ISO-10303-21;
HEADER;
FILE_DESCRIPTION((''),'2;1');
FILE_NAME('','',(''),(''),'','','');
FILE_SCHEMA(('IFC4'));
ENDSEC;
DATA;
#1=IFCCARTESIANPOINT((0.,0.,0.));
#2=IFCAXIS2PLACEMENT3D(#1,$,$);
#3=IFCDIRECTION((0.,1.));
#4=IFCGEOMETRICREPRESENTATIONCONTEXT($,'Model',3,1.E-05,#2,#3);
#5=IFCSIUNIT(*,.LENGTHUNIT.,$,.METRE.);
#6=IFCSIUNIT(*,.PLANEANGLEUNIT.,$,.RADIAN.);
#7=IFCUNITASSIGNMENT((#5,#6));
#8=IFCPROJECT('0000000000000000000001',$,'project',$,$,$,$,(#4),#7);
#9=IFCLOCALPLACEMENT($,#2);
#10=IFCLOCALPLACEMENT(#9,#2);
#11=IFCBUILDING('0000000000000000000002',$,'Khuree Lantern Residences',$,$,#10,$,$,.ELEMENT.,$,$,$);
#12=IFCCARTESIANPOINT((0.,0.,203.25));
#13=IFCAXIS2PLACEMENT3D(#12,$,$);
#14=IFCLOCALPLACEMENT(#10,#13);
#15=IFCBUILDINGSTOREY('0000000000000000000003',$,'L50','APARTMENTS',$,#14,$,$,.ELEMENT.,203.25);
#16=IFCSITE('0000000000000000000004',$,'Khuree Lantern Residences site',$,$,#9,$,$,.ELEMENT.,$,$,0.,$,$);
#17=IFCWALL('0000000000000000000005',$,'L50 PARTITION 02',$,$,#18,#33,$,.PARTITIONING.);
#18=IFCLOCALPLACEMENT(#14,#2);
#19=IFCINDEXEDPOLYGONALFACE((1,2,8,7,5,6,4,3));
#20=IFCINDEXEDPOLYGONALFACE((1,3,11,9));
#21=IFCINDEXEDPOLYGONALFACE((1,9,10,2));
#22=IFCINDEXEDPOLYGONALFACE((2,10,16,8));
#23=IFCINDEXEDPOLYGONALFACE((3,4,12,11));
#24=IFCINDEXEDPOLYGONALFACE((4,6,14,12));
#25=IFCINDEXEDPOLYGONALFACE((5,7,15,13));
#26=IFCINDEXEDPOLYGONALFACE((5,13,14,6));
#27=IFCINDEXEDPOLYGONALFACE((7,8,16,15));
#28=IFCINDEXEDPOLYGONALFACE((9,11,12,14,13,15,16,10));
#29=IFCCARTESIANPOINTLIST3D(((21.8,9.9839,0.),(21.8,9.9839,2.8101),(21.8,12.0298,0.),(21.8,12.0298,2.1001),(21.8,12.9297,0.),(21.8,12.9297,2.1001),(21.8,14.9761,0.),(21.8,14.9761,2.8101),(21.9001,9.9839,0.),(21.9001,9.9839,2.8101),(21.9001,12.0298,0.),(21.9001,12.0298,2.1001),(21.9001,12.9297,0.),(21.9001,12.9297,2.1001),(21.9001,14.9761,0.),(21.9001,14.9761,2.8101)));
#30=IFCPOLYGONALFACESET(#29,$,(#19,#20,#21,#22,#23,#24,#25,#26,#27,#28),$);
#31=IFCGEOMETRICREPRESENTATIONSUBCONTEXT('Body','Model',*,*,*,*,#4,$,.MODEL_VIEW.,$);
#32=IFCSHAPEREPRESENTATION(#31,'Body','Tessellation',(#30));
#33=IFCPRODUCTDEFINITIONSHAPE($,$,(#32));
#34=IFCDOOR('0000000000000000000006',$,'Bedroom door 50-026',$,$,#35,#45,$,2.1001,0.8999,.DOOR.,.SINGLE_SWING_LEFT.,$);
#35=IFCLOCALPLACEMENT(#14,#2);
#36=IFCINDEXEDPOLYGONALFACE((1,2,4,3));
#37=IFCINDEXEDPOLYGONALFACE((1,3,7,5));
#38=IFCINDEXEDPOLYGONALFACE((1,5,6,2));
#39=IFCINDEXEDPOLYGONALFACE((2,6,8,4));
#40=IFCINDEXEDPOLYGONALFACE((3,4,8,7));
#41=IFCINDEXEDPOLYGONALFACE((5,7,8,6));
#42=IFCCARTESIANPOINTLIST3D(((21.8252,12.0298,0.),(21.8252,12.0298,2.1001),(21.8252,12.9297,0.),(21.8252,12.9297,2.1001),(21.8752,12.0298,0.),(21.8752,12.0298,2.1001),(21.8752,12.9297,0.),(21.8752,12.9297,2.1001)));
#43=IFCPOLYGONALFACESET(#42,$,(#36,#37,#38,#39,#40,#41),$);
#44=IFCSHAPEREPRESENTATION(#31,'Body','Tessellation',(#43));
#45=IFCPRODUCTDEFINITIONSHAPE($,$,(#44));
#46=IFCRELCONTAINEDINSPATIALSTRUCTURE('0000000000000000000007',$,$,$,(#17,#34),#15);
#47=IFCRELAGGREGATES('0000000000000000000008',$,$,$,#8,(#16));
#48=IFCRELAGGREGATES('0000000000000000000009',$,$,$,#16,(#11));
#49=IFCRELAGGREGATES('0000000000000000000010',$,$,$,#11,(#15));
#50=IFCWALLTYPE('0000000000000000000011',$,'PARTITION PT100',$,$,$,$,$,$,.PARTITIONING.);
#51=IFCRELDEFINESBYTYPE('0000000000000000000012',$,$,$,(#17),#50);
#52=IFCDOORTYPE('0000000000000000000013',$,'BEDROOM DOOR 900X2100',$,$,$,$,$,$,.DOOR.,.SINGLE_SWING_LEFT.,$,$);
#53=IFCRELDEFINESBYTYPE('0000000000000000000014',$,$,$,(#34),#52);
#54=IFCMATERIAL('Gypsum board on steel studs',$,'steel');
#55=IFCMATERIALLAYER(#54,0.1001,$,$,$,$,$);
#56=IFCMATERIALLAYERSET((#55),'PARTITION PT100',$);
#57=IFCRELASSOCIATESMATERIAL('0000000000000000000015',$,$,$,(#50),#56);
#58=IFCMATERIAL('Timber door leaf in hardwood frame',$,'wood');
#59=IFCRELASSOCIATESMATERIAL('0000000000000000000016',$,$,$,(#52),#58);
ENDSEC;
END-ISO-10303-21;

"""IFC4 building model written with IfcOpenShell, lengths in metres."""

from ifc_helpers import new_model, si_unit, direction, frame, frame_2d, origin, place, context, subcontext, project, spatial, rectangle, extrude, material, layer, layer_set, type_object, element, fill, save


model = new_model("IFC4")

# Units and contexts
model_context = context("Model", 3, precision=1e-05, world=origin(), true_north=direction((0.0, 1.0)))
body_context = subcontext(model_context, "Body", "Model", "MODEL_VIEW")
ifc_project = project(units=[si_unit("LENGTHUNIT", "METRE"), si_unit("PLANEANGLEUNIT", "RADIAN")], contexts=[model_context])

# Site, building, storey
site_placement = place(None, origin())
site = spatial("IfcSite", under=ifc_project, at=site_placement, Name="Khuree Lantern Residences site", CompositionType="ELEMENT", RefElevation=0.0)
building_placement = place(site_placement, origin())
building = spatial("IfcBuilding", under=site, at=building_placement, Name="Khuree Lantern Residences", CompositionType="ELEMENT")
storey_placement = place(building_placement, frame((0.0, 0.0, 203.25)))
storey = spatial("IfcBuildingStorey", under=building, at=storey_placement, Name="L50", Description="APARTMENTS", CompositionType="ELEMENT", Elevation=203.25)

# Shared definitions
ifc_material_1 = material(Name="Timber door leaf in hardwood frame", Category="wood")

# Shared definitions
ifc_material_2 = material(Name="Gypsum board on steel studs", Category="steel")
ifc_layer_1 = layer(ifc_material_2, 0.1001)
ifc_layer_set_1 = layer_set([ifc_layer_1], Name="PARTITION PT100")
wall_type_1 = type_object("IfcWallType", Name="PARTITION PT100", PredefinedType="PARTITIONING", material=ifc_layer_set_1)

# Wall, opening, door
wall_1_placement = place(storey_placement, frame((21.8501, 9.9839, 0.0), z_axis=(0.0, 0.0, 1.0), x_axis=(0.0, 1.0, 0.0)))
wall_1 = element("IfcWall", 1, at=wall_1_placement, inside=storey, type_object=wall_type_1, Name="L50 PARTITION 02", PredefinedType="PARTITIONING", context=body_context, shape_type="SweptSolid", body=[
    extrude(rectangle(XDim=4.9922, YDim=0.1001, at=frame_2d((2.4961, 0.0))), origin(), (0.0, 0.0, 1.0), 2.8101),
])
opening_1_placement = place(wall_1_placement, frame((2.0459, 0.0, 0.0)))
opening_1 = element("IfcOpeningElement", 2, at=opening_1_placement, cuts=wall_1, PredefinedType="OPENING", context=body_context, shape_type="SweptSolid", body=[
    extrude(rectangle(XDim=0.8999, YDim=2.1001, at=frame_2d((0.45, 1.05))), frame((0.0, 0.0601, 0.0), z_axis=(0.0, -1.0, 0.0), x_axis=(1.0, 0.0, 0.0)), (0.0, 0.0, 1.0), 0.1201),
])
door_type_1 = type_object("IfcDoorType", Name="BEDROOM DOOR 900X2100", OperationType="SINGLE_SWING_LEFT", PredefinedType="DOOR", material=ifc_material_1)
door_1_placement = place(opening_1_placement, origin())
door_1 = element("IfcDoor", 3, at=door_1_placement, inside=storey, type_object=door_type_1, Name="Bedroom door 50-026", OperationType="SINGLE_SWING_LEFT", OverallHeight=2.1001, OverallWidth=0.8999, PredefinedType="DOOR", context=body_context, shape_type="SweptSolid", body=[
    extrude(rectangle(XDim=0.8999, YDim=2.1001, at=frame_2d((0.45, 1.05))), frame((0.0, 0.0249, 0.0), z_axis=(0.0, -1.0, 0.0), x_axis=(1.0, 0.0, 0.0)), (0.0, 0.0, 1.0), 0.05),
])
fill(opening_1, door_1)

save(model, "model.ifc")
